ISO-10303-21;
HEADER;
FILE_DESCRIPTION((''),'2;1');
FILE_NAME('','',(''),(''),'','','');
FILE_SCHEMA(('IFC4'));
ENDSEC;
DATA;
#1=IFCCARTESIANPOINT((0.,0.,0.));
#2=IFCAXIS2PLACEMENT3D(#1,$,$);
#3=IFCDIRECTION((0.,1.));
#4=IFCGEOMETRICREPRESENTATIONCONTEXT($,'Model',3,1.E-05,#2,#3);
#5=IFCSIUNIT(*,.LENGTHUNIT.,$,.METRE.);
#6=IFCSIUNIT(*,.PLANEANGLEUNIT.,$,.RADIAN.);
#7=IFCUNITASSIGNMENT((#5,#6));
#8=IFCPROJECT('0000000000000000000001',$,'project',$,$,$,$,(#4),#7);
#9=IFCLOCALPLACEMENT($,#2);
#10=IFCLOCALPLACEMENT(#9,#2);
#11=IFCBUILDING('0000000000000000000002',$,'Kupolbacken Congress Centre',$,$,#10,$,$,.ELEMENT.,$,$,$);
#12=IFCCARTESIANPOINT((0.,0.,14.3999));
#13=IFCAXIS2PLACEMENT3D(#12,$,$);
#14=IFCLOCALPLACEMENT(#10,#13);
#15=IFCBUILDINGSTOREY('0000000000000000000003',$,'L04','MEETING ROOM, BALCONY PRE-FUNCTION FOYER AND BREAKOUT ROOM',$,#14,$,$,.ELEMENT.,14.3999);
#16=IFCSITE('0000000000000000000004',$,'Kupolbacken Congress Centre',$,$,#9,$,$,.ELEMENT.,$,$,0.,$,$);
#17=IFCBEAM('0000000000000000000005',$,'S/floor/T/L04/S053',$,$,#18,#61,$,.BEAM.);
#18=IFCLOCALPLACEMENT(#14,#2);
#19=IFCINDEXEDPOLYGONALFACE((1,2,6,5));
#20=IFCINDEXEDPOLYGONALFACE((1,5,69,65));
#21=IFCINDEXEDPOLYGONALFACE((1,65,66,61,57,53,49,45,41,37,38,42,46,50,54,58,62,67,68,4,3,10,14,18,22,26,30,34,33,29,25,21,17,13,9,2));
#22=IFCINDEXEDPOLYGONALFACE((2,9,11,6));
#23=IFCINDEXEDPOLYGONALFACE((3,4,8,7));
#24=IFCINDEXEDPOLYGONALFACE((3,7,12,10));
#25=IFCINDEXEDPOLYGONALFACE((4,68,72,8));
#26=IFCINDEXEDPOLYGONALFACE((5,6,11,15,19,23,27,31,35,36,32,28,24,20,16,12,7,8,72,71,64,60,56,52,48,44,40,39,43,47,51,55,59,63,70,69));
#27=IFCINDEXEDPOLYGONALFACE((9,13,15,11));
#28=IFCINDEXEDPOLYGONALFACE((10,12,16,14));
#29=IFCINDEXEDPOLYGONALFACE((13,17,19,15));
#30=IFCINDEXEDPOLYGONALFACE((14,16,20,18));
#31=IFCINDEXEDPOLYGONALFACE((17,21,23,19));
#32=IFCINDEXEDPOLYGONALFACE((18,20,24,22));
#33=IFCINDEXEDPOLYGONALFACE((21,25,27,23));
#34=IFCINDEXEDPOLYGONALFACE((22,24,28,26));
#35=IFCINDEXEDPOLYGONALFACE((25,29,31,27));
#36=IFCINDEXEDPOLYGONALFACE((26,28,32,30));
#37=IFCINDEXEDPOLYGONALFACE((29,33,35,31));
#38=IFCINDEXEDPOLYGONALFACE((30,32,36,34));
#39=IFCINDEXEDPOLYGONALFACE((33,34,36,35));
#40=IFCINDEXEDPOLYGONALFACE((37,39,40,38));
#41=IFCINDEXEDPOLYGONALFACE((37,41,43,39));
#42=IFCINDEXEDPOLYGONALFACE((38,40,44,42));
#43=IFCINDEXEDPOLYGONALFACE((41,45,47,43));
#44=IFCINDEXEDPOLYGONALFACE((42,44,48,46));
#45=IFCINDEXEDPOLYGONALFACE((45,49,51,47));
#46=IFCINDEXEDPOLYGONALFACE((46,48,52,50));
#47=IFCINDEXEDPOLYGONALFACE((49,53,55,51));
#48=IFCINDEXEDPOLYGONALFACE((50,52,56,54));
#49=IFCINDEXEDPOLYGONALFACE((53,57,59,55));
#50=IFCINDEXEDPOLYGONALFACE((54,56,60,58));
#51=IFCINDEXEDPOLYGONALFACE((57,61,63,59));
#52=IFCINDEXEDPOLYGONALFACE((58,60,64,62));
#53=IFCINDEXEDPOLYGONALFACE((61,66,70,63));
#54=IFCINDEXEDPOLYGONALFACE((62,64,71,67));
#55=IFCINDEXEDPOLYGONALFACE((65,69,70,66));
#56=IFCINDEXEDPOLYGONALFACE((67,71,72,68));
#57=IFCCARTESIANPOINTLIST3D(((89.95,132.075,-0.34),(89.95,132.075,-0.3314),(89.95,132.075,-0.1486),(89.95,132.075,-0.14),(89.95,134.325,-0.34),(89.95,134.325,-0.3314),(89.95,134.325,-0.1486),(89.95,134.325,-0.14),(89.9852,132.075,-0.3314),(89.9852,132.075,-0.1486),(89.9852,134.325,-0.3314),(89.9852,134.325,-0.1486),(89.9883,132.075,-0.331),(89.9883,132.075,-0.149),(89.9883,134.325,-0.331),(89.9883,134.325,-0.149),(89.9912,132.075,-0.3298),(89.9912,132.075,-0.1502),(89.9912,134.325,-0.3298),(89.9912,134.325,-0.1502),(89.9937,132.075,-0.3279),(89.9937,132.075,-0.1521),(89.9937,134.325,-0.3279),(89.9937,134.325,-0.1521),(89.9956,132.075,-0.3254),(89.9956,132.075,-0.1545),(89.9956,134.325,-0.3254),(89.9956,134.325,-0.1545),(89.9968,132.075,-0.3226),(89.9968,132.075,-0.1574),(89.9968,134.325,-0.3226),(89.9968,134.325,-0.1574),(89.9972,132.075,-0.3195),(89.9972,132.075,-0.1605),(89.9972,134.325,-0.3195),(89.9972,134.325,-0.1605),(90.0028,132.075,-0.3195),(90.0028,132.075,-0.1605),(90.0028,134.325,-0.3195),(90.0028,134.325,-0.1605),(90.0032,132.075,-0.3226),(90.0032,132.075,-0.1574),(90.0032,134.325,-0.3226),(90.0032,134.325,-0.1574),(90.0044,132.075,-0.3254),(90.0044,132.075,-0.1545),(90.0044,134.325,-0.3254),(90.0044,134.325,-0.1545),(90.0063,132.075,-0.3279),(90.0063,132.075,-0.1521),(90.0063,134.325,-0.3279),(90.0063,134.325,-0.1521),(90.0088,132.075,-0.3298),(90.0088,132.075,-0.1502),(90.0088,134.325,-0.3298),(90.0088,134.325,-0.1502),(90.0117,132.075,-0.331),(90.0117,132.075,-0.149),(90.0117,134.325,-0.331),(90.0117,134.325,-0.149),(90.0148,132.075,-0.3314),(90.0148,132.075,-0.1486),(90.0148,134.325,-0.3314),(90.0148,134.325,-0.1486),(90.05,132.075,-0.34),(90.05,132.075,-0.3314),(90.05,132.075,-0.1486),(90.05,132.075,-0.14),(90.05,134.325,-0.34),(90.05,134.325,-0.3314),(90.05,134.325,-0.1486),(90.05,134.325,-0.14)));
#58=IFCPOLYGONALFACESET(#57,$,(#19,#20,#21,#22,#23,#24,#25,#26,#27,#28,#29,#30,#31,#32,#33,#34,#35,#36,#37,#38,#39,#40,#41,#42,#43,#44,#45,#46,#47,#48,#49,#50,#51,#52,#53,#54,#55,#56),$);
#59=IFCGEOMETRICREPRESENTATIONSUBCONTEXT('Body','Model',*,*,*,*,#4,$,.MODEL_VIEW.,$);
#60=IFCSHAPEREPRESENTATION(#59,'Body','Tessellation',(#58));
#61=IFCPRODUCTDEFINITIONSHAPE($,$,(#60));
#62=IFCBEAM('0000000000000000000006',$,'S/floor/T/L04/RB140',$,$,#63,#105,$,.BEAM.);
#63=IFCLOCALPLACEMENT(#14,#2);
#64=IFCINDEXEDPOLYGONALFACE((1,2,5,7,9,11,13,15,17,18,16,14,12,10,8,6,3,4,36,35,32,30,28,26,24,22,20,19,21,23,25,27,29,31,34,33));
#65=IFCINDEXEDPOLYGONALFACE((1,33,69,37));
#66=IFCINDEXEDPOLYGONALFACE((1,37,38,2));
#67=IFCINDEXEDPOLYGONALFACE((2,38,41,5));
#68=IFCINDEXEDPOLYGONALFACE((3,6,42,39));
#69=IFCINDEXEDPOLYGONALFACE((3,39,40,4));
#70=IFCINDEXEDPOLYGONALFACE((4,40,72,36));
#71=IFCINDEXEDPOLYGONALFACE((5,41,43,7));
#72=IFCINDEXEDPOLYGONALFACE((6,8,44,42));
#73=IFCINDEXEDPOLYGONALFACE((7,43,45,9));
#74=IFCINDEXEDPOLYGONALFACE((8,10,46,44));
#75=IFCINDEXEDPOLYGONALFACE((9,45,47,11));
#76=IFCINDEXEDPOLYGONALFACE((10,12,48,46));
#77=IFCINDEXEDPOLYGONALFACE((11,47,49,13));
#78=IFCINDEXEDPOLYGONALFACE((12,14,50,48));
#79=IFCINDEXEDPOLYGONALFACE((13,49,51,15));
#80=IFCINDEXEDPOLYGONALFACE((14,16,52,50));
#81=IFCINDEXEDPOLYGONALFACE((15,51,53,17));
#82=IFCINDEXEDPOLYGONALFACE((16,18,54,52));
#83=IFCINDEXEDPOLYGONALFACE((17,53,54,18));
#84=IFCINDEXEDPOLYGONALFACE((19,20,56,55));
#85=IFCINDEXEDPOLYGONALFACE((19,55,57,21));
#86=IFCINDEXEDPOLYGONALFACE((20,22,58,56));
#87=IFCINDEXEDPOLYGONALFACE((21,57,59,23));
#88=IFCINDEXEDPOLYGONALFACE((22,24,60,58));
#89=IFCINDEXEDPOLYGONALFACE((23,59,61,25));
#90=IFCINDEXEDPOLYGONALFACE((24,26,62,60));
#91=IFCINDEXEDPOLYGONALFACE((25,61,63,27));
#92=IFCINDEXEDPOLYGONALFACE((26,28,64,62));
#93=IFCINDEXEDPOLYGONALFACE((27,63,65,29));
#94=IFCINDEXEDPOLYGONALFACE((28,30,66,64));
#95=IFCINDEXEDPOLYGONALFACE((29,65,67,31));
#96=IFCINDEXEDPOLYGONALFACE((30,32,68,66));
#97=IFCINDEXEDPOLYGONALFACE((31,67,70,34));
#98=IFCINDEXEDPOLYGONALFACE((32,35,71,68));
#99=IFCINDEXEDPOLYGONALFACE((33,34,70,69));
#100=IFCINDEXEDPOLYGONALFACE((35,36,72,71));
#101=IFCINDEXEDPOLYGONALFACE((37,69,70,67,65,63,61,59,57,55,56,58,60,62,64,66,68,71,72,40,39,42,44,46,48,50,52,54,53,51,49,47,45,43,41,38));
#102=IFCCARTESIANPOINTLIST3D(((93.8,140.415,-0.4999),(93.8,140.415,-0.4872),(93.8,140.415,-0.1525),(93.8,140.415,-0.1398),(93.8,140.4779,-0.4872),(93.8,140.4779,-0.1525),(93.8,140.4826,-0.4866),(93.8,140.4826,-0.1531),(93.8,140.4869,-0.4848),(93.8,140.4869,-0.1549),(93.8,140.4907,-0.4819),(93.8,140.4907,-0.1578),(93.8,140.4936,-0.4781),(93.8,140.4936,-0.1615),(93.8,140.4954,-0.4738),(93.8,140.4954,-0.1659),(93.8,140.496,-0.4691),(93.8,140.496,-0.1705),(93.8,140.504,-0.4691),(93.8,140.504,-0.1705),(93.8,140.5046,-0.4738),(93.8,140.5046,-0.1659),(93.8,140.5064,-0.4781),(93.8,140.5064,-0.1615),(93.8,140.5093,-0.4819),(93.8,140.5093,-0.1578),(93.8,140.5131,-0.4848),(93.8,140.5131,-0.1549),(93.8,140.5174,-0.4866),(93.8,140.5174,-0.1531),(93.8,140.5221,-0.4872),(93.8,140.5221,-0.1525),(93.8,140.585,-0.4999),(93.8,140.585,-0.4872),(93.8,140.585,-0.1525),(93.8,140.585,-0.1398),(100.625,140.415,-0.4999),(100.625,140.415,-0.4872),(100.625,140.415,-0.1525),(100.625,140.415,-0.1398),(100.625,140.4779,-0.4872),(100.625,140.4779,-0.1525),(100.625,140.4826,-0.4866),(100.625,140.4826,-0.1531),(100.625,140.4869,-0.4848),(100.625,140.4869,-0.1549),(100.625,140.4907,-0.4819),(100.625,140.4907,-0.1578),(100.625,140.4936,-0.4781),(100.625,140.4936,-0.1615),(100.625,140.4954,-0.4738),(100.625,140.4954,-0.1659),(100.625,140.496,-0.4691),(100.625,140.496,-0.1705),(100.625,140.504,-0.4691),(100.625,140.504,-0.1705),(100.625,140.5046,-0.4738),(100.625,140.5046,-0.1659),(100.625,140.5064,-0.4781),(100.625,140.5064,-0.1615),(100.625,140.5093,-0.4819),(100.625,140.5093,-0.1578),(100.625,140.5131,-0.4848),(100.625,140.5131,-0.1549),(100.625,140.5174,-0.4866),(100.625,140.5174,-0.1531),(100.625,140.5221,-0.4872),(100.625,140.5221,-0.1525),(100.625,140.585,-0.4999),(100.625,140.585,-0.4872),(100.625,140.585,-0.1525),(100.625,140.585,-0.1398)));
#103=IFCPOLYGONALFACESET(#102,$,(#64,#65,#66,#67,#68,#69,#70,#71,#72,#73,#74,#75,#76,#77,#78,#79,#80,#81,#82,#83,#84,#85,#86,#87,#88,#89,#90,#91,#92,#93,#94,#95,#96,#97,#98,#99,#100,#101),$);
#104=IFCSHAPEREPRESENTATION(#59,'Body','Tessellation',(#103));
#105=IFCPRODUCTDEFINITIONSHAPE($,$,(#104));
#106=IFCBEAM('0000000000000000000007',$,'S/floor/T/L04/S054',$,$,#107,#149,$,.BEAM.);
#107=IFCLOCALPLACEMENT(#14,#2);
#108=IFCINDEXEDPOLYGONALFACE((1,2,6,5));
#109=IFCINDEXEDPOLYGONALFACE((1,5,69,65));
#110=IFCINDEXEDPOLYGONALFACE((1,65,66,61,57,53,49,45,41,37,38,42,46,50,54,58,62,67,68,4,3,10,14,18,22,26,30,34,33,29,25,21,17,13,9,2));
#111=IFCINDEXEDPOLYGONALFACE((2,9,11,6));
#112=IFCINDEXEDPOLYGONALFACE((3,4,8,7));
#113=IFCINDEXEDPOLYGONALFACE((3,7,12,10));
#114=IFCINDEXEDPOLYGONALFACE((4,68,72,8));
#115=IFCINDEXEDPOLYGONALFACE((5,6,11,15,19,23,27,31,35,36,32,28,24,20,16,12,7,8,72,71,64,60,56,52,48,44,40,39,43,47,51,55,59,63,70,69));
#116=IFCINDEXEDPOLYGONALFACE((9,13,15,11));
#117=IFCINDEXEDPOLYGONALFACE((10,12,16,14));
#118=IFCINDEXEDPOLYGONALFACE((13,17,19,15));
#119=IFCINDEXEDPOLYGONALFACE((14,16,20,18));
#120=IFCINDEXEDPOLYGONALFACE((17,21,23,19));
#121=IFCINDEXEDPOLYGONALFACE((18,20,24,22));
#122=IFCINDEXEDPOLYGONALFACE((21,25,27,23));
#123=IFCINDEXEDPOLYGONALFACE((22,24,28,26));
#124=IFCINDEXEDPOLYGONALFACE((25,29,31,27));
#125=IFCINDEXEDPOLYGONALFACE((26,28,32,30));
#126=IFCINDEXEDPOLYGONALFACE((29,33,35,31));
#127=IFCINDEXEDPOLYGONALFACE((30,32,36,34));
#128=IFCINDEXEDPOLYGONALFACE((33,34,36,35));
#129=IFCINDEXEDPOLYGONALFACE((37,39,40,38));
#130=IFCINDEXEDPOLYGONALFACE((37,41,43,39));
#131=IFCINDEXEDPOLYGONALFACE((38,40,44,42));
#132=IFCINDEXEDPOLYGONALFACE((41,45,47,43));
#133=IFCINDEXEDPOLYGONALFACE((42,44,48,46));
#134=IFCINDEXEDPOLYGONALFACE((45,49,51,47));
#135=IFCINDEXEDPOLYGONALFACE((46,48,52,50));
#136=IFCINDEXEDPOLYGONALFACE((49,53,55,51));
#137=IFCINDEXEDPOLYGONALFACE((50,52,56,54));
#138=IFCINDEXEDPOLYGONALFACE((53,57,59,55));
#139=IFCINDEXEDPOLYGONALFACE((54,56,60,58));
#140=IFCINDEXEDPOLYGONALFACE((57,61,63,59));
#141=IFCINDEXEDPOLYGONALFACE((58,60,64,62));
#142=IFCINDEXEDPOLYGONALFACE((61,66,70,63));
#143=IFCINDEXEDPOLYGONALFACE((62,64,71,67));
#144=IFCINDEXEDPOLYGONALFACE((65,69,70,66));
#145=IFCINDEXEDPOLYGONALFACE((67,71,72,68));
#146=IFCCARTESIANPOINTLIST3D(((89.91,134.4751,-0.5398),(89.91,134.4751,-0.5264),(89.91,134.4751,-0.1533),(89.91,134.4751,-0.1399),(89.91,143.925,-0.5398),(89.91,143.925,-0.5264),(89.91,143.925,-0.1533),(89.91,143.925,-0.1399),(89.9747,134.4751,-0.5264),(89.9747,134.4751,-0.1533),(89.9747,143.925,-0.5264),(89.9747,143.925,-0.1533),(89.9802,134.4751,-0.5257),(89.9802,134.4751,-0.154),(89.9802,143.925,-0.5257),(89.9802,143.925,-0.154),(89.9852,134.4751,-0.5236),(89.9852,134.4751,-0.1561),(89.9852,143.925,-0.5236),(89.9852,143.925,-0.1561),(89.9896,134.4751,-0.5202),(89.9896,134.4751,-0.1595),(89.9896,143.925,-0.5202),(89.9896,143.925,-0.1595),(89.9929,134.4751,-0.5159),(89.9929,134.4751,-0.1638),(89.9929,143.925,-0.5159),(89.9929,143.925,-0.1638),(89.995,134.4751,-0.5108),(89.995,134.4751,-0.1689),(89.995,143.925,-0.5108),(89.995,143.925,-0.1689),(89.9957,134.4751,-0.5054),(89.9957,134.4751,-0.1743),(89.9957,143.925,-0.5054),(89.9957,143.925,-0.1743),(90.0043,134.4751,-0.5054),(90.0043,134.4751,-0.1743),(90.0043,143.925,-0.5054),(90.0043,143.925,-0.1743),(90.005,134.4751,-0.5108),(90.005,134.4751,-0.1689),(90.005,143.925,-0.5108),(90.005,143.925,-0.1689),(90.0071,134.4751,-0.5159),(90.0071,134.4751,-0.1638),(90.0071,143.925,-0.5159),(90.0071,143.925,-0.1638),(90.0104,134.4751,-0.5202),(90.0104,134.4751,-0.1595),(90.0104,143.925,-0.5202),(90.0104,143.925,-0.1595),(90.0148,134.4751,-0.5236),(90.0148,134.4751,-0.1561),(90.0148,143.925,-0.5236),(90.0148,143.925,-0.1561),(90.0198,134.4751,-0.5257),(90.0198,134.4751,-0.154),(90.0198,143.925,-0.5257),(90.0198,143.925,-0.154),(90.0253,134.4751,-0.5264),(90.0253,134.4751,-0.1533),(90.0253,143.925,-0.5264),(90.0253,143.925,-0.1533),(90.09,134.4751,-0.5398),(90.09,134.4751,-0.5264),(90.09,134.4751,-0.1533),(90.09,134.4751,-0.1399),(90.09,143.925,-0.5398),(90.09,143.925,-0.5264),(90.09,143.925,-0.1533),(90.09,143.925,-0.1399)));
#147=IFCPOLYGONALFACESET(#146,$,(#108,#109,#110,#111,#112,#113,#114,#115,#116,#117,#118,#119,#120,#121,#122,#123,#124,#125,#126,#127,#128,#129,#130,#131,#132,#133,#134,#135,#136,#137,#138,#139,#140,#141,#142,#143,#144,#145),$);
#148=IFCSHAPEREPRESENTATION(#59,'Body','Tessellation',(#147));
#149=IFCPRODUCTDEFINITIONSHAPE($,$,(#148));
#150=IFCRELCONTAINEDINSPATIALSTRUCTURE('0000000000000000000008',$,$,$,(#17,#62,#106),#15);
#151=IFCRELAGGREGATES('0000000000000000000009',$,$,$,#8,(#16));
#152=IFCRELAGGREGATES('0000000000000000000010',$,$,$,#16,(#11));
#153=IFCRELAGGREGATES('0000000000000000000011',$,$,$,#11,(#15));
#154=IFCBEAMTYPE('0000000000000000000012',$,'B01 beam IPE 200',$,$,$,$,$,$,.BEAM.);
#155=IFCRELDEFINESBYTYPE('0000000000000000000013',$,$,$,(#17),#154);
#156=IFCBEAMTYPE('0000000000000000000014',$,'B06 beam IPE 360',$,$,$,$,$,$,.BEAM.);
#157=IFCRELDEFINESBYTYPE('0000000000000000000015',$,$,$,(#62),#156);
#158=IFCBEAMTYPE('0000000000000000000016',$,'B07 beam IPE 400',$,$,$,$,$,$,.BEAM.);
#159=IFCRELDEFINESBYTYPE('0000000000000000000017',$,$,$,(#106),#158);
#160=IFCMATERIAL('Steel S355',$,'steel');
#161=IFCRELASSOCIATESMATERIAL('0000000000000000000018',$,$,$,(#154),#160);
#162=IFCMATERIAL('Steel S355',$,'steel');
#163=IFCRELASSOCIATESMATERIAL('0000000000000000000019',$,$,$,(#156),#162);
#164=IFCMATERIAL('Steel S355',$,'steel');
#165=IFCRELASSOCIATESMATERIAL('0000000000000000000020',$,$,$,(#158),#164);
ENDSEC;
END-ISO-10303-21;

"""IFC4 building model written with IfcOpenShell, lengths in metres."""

from ifc_helpers import new_model, si_unit, direction, frame, origin, origin_2d, place, context, subcontext, project, spatial, i_section, extrude, material, material_profile, profile_set, type_object, element, save


model = new_model("IFC4")

# Units and contexts
model_context = context("Model", 3, precision=1e-05, world=origin(), true_north=direction((0.0, 1.0)))
body_context = subcontext(model_context, "Body", "Model", "MODEL_VIEW")
ifc_project = project(units=[si_unit("LENGTHUNIT", "METRE"), si_unit("PLANEANGLEUNIT", "RADIAN")], contexts=[model_context])

# Site, building, storey
site_placement = place(None, origin())
site = spatial("IfcSite", under=ifc_project, at=site_placement, Name="Kupolbacken Congress Centre", CompositionType="ELEMENT", RefElevation=0.0)
building_placement = place(site_placement, origin())
building = spatial("IfcBuilding", under=site, at=building_placement, Name="Kupolbacken Congress Centre", CompositionType="ELEMENT")
storey_placement = place(building_placement, frame((0.0, 0.0, 14.3999)))
storey = spatial("IfcBuildingStorey", under=building, at=storey_placement, Name="L04", Description="MEETING ROOM, BALCONY PRE-FUNCTION FOYER AND BREAKOUT ROOM", CompositionType="ELEMENT", Elevation=14.3999)

# Beams
ifc_material_1 = material(Name="Steel S355", Category="steel")
ifc_material_profile_1 = material_profile(ifc_material_1, i_section(OverallWidth=0.1001, OverallDepth=0.2, WebThickness=0.0056, FlangeThickness=0.0085, FilletRadius=0.012, at=origin_2d()), Name="IPE 200")
ifc_profile_set_1 = profile_set([ifc_material_profile_1], Name="Steel S355")
beam_type_1 = type_object("IfcBeamType", Name="B01 beam IPE 200", PredefinedType="BEAM", material=ifc_profile_set_1)
beam_1_placement = place(storey_placement, frame((90.0, 132.075, -0.24), z_axis=(0.0, 1.0, 0.0), x_axis=(-1.0, 0.0, 0.0)))
element("IfcBeam", 1, at=beam_1_placement, inside=storey, type_object=beam_type_1, Name="S/floor/T/L04/S053", PredefinedType="BEAM", context=body_context, shape_type="SweptSolid", body=[
    extrude(i_section(OverallWidth=0.1001, OverallDepth=0.2, WebThickness=0.0056, FlangeThickness=0.0085, FilletRadius=0.012, at=origin_2d()), origin(), (0.0, 0.0, 1.0), 2.25),
])
ifc_material_2 = material(Name="Steel S355", Category="steel")
ifc_material_profile_2 = material_profile(ifc_material_2, i_section(OverallWidth=0.1699, OverallDepth=0.3601, WebThickness=0.0081, FlangeThickness=0.0127, FilletRadius=0.0181, at=origin_2d()), Name="IPE 360")
ifc_profile_set_2 = profile_set([ifc_material_profile_2], Name="Steel S355")
beam_type_2 = type_object("IfcBeamType", Name="B06 beam IPE 360", PredefinedType="BEAM", material=ifc_profile_set_2)
beam_2_placement = place(storey_placement, frame((93.8, 140.5, -0.3198), z_axis=(1.0, 0.0, 0.0), x_axis=(0.0, 1.0, 0.0)))
element("IfcBeam", 2, at=beam_2_placement, inside=storey, type_object=beam_type_2, Name="S/floor/T/L04/RB140", PredefinedType="BEAM", context=body_context, shape_type="SweptSolid", body=[
    extrude(i_section(OverallWidth=0.1699, OverallDepth=0.3601, WebThickness=0.0081, FlangeThickness=0.0127, FilletRadius=0.0181, at=origin_2d()), origin(), (0.0, 0.0, 1.0), 6.825),
])
ifc_material_3 = material(Name="Steel S355", Category="steel")
ifc_material_profile_3 = material_profile(ifc_material_3, i_section(OverallWidth=0.1799, OverallDepth=0.3999, WebThickness=0.0085, FlangeThickness=0.0134, FilletRadius=0.021, at=origin_2d()), Name="IPE 400")
ifc_profile_set_3 = profile_set([ifc_material_profile_3], Name="Steel S355")
beam_type_3 = type_object("IfcBeamType", Name="B07 beam IPE 400", PredefinedType="BEAM", material=ifc_profile_set_3)
beam_3_placement = place(storey_placement, frame((90.0, 134.4751, -0.3398), z_axis=(0.0, 1.0, 0.0), x_axis=(-1.0, 0.0, 0.0)))
element("IfcBeam", 3, at=beam_3_placement, inside=storey, type_object=beam_type_3, Name="S/floor/T/L04/S054", PredefinedType="BEAM", context=body_context, shape_type="SweptSolid", body=[
    extrude(i_section(OverallWidth=0.1799, OverallDepth=0.3999, WebThickness=0.0085, FlangeThickness=0.0134, FilletRadius=0.021, at=origin_2d()), origin(), (0.0, 0.0, 1.0), 9.45),
])

save(model, "model.ifc")
